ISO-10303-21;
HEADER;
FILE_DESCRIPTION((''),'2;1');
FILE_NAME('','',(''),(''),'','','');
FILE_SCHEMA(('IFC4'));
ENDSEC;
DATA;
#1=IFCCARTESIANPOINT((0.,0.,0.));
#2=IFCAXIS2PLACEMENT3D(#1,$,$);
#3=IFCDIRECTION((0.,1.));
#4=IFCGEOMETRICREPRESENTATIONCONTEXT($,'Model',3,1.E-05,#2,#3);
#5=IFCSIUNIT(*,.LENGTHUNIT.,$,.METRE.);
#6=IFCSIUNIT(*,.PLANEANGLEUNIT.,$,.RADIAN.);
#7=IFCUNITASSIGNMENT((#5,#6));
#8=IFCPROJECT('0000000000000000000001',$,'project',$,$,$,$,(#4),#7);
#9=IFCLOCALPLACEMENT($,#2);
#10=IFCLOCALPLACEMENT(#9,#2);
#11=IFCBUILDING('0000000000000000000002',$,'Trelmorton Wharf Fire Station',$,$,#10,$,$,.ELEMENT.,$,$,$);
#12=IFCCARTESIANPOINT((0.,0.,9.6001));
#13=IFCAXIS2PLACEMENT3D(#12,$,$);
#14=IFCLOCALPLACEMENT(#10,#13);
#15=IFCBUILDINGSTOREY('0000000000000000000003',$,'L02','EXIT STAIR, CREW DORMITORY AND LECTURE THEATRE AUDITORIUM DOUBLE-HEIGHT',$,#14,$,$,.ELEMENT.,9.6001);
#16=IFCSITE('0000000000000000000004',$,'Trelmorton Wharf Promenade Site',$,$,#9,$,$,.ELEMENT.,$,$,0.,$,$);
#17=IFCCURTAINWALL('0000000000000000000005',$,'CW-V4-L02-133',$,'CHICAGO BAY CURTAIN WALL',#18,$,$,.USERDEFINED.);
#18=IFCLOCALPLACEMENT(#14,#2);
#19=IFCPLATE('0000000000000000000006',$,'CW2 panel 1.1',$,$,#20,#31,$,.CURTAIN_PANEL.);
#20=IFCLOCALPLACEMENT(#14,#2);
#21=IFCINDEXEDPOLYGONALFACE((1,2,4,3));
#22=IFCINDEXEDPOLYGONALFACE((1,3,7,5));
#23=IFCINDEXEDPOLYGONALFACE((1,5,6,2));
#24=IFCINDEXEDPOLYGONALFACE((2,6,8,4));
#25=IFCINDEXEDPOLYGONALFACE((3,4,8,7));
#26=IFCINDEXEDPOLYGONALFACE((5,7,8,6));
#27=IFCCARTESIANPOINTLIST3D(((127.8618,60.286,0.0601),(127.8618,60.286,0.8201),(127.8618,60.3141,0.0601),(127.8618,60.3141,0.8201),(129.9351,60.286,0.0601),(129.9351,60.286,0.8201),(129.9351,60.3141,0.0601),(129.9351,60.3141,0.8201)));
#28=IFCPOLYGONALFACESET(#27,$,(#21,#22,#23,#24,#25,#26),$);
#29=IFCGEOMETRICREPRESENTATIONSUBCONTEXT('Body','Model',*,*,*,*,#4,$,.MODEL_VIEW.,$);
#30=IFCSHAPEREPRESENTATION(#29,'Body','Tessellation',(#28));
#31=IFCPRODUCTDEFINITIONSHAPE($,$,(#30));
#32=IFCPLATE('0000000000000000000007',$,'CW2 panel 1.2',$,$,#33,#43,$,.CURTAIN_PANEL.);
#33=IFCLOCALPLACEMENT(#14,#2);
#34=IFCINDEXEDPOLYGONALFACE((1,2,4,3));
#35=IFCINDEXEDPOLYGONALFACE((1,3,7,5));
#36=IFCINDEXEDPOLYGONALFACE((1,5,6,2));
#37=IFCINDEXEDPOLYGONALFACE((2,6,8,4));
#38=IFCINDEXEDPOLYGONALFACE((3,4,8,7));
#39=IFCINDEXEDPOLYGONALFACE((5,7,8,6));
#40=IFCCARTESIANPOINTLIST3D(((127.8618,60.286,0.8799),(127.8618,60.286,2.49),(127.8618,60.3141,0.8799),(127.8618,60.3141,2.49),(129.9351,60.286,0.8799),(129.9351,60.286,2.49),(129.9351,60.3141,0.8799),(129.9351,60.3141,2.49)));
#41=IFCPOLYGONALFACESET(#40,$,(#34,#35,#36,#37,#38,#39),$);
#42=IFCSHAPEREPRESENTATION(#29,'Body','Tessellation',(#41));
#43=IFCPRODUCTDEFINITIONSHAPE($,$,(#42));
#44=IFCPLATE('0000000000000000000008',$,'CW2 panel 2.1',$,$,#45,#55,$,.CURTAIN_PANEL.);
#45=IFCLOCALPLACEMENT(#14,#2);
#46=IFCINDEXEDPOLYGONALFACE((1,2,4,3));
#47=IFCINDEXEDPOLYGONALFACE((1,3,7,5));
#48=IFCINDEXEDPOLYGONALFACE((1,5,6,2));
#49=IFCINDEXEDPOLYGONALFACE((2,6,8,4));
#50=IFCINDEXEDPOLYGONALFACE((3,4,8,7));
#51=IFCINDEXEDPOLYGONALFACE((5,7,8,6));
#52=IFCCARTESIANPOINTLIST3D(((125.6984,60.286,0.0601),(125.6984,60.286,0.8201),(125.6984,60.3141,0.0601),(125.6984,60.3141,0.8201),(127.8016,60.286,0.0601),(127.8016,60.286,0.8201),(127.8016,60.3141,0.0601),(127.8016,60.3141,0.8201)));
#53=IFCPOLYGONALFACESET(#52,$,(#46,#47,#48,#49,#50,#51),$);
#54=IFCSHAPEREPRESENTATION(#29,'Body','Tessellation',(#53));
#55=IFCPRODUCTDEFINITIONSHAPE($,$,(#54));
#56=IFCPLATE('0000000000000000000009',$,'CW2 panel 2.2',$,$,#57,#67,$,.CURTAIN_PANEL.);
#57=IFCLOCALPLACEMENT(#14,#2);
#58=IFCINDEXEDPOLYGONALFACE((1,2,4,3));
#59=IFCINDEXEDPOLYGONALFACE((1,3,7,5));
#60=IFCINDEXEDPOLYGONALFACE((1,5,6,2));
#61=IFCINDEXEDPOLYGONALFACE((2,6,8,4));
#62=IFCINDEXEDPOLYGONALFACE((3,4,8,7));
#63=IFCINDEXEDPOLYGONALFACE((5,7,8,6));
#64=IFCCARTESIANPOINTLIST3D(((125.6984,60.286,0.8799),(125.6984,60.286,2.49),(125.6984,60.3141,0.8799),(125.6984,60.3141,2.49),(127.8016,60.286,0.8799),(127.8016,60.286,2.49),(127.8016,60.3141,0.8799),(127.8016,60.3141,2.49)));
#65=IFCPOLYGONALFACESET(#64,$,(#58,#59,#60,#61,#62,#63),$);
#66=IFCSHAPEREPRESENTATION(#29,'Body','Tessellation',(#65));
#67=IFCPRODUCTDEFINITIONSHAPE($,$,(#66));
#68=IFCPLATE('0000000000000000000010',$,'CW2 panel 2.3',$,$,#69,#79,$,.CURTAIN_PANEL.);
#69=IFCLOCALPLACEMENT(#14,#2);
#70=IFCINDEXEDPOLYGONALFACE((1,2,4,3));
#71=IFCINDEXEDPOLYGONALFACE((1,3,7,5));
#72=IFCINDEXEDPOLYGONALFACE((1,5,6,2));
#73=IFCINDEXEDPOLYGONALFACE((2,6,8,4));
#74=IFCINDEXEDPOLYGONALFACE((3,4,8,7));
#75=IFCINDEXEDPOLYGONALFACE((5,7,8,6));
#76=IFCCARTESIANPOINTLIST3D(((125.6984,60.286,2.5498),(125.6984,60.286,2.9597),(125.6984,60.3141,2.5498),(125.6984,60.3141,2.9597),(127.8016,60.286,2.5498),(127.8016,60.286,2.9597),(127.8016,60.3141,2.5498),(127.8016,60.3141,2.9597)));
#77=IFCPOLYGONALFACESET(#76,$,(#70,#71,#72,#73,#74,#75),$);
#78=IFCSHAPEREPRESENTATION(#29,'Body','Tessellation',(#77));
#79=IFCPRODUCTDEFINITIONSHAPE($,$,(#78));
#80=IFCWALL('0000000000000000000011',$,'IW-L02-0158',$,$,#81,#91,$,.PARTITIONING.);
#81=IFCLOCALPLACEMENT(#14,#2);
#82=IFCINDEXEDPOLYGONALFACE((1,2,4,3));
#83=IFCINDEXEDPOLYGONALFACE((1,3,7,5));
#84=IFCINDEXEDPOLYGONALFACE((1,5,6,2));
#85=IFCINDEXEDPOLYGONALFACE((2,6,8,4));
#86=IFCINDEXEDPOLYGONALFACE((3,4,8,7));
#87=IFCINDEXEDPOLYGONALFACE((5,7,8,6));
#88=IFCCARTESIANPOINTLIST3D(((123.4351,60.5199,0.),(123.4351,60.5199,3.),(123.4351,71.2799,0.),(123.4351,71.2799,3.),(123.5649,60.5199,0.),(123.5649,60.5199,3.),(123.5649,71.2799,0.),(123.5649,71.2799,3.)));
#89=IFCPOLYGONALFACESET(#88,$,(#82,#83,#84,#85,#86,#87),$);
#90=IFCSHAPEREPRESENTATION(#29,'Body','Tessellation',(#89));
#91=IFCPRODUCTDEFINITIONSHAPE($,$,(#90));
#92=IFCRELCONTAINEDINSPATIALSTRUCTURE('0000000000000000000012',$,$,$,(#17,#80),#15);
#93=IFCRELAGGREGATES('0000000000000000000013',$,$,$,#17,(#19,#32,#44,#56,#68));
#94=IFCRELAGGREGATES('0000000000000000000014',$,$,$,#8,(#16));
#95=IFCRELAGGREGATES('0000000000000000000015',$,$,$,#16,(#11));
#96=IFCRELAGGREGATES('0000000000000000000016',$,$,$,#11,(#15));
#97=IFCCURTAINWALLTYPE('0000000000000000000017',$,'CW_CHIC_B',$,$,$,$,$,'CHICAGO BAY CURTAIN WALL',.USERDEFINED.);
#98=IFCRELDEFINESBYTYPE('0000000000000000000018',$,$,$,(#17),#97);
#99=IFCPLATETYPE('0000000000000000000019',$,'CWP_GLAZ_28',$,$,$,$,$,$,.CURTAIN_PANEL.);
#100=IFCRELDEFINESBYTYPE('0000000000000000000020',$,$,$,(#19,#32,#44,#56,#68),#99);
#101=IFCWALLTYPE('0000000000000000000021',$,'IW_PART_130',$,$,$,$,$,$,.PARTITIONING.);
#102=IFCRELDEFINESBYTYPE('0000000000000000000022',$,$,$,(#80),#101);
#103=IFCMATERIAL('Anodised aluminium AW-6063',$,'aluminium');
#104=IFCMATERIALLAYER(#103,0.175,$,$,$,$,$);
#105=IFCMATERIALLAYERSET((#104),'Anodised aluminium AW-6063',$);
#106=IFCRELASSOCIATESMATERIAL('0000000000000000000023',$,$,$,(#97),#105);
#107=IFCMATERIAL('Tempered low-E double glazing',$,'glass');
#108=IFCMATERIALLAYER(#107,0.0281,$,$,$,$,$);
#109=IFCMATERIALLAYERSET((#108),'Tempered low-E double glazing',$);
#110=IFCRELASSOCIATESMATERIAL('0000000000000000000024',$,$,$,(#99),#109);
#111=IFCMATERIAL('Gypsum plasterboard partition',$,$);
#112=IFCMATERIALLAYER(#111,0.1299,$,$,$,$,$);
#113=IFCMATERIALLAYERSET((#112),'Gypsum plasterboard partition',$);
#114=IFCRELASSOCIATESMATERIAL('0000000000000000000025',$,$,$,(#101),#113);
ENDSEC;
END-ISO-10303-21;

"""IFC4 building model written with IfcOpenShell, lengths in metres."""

from ifc_helpers import new_model, si_unit, direction, frame, frame_2d, origin, origin_2d, place, context, subcontext, project, spatial, rectangle, extrude, material, layer, layer_set, type_object, element, aggregate, save


model = new_model("IFC4")

# Units and contexts
model_context = context("Model", 3, precision=1e-05, world=origin(), true_north=direction((0.0, 1.0)))
body_context = subcontext(model_context, "Body", "Model", "MODEL_VIEW")
ifc_project = project(units=[si_unit("LENGTHUNIT", "METRE"), si_unit("PLANEANGLEUNIT", "RADIAN")], contexts=[model_context])

# Site, building, storey
site_placement = place(None, origin())
site = spatial("IfcSite", under=ifc_project, at=site_placement, Name="Trelmorton Wharf Promenade Site", CompositionType="ELEMENT", RefElevation=0.0)
building_placement = place(site_placement, origin())
building = spatial("IfcBuilding", under=site, at=building_placement, Name="Trelmorton Wharf Fire Station", CompositionType="ELEMENT")
storey_placement = place(building_placement, frame((0.0, 0.0, 9.6001)))
storey = spatial("IfcBuildingStorey", under=building, at=storey_placement, Name="L02", Description="EXIT STAIR, CREW DORMITORY AND LECTURE THEATRE AUDITORIUM DOUBLE-HEIGHT", CompositionType="ELEMENT", Elevation=9.6001)

# Curtain wall
ifc_material_1 = material(Name="Anodised aluminium AW-6063", Category="aluminium")
ifc_layer_1 = layer(ifc_material_1, 0.175)
ifc_layer_set_1 = layer_set([ifc_layer_1], Name="Anodised aluminium AW-6063")
curtain_wall_type = type_object("IfcCurtainWallType", Name="CW_CHIC_B", ElementType="CHICAGO BAY CURTAIN WALL", PredefinedType="USERDEFINED", material=ifc_layer_set_1)
curtain_wall_placement = place(storey_placement, origin())
curtain_wall = element("IfcCurtainWall", 1, at=curtain_wall_placement, inside=storey, type_object=curtain_wall_type, Name="CW-V4-L02-133", ObjectType="CHICAGO BAY CURTAIN WALL", PredefinedType="USERDEFINED")

# Plates
ifc_material_2 = material(Name="Tempered low-E double glazing", Category="glass")
ifc_layer_2 = layer(ifc_material_2, 0.0281)
ifc_layer_set_2 = layer_set([ifc_layer_2], Name="Tempered low-E double glazing")
plate_type = type_object("IfcPlateType", Name="CWP_GLAZ_28", PredefinedType="CURTAIN_PANEL", material=ifc_layer_set_2)
plate_1_placement = place(storey_placement, frame((128.8984, 60.3, 0.0601), z_axis=(0.0, 0.0, 1.0), x_axis=(-1.0, 0.0, 0.0)))
plate_1 = element("IfcPlate", 2, at=plate_1_placement, type_object=plate_type, Name="CW2 panel 1.1", PredefinedType="CURTAIN_PANEL", context=body_context, shape_type="SweptSolid", body=[
    extrude(rectangle(XDim=2.0732, YDim=0.0281, at=origin_2d()), origin(), (0.0, 0.0, 1.0), 0.76),
])
plate_2_placement = place(storey_placement, frame((128.8984, 60.3, 0.8799), z_axis=(0.0, 0.0, 1.0), x_axis=(-1.0, 0.0, 0.0)))
plate_2 = element("IfcPlate", 3, at=plate_2_placement, type_object=plate_type, Name="CW2 panel 1.2", PredefinedType="CURTAIN_PANEL", context=body_context, shape_type="SweptSolid", body=[
    extrude(rectangle(XDim=2.0732, YDim=0.0281, at=origin_2d()), origin(), (0.0, 0.0, 1.0), 1.6101),
])
plate_3_placement = place(storey_placement, frame((126.75, 60.3, 0.0601), z_axis=(0.0, 0.0, 1.0), x_axis=(-1.0, 0.0, 0.0)))
plate_3 = element("IfcPlate", 4, at=plate_3_placement, type_object=plate_type, Name="CW2 panel 2.1", PredefinedType="CURTAIN_PANEL", context=body_context, shape_type="SweptSolid", body=[
    extrude(rectangle(XDim=2.1033, YDim=0.0281, at=origin_2d()), origin(), (0.0, 0.0, 1.0), 0.76),
])
plate_4_placement = place(storey_placement, frame((126.75, 60.3, 0.8799), z_axis=(0.0, 0.0, 1.0), x_axis=(-1.0, 0.0, 0.0)))
plate_4 = element("IfcPlate", 5, at=plate_4_placement, type_object=plate_type, Name="CW2 panel 2.2", PredefinedType="CURTAIN_PANEL", context=body_context, shape_type="SweptSolid", body=[
    extrude(rectangle(XDim=2.1033, YDim=0.0281, at=origin_2d()), origin(), (0.0, 0.0, 1.0), 1.6101),
])
plate_5_placement = place(storey_placement, frame((126.75, 60.3, 2.5498), z_axis=(0.0, 0.0, 1.0), x_axis=(-1.0, 0.0, 0.0)))
plate_5 = element("IfcPlate", 6, at=plate_5_placement, type_object=plate_type, Name="CW2 panel 2.3", PredefinedType="CURTAIN_PANEL", context=body_context, shape_type="SweptSolid", body=[
    extrude(rectangle(XDim=2.1033, YDim=0.0281, at=origin_2d()), origin(), (0.0, 0.0, 1.0), 0.4099),
])
aggregate(curtain_wall, [plate_1, plate_2, plate_3, plate_4, plate_5])

# Wall
ifc_material_3 = material(Name="Gypsum plasterboard partition")
ifc_layer_3 = layer(ifc_material_3, 0.1299)
ifc_layer_set_3 = layer_set([ifc_layer_3], Name="Gypsum plasterboard partition")
wall_type = type_object("IfcWallType", Name="IW_PART_130", PredefinedType="PARTITIONING", material=ifc_layer_set_3)
wall_placement = place(storey_placement, frame((123.5, 60.52, 0.0), z_axis=(0.0, 0.0, 1.0), x_axis=(0.0, 1.0, 0.0)))
element("IfcWall", 7, at=wall_placement, inside=storey, type_object=wall_type, Name="IW-L02-0158", PredefinedType="PARTITIONING", context=body_context, shape_type="SweptSolid", body=[
    extrude(rectangle(XDim=10.76, YDim=0.1299, at=frame_2d((5.3799, 0.0))), origin(), (0.0, 0.0, 1.0), 3.0),
])

save(model, "model.ifc")
